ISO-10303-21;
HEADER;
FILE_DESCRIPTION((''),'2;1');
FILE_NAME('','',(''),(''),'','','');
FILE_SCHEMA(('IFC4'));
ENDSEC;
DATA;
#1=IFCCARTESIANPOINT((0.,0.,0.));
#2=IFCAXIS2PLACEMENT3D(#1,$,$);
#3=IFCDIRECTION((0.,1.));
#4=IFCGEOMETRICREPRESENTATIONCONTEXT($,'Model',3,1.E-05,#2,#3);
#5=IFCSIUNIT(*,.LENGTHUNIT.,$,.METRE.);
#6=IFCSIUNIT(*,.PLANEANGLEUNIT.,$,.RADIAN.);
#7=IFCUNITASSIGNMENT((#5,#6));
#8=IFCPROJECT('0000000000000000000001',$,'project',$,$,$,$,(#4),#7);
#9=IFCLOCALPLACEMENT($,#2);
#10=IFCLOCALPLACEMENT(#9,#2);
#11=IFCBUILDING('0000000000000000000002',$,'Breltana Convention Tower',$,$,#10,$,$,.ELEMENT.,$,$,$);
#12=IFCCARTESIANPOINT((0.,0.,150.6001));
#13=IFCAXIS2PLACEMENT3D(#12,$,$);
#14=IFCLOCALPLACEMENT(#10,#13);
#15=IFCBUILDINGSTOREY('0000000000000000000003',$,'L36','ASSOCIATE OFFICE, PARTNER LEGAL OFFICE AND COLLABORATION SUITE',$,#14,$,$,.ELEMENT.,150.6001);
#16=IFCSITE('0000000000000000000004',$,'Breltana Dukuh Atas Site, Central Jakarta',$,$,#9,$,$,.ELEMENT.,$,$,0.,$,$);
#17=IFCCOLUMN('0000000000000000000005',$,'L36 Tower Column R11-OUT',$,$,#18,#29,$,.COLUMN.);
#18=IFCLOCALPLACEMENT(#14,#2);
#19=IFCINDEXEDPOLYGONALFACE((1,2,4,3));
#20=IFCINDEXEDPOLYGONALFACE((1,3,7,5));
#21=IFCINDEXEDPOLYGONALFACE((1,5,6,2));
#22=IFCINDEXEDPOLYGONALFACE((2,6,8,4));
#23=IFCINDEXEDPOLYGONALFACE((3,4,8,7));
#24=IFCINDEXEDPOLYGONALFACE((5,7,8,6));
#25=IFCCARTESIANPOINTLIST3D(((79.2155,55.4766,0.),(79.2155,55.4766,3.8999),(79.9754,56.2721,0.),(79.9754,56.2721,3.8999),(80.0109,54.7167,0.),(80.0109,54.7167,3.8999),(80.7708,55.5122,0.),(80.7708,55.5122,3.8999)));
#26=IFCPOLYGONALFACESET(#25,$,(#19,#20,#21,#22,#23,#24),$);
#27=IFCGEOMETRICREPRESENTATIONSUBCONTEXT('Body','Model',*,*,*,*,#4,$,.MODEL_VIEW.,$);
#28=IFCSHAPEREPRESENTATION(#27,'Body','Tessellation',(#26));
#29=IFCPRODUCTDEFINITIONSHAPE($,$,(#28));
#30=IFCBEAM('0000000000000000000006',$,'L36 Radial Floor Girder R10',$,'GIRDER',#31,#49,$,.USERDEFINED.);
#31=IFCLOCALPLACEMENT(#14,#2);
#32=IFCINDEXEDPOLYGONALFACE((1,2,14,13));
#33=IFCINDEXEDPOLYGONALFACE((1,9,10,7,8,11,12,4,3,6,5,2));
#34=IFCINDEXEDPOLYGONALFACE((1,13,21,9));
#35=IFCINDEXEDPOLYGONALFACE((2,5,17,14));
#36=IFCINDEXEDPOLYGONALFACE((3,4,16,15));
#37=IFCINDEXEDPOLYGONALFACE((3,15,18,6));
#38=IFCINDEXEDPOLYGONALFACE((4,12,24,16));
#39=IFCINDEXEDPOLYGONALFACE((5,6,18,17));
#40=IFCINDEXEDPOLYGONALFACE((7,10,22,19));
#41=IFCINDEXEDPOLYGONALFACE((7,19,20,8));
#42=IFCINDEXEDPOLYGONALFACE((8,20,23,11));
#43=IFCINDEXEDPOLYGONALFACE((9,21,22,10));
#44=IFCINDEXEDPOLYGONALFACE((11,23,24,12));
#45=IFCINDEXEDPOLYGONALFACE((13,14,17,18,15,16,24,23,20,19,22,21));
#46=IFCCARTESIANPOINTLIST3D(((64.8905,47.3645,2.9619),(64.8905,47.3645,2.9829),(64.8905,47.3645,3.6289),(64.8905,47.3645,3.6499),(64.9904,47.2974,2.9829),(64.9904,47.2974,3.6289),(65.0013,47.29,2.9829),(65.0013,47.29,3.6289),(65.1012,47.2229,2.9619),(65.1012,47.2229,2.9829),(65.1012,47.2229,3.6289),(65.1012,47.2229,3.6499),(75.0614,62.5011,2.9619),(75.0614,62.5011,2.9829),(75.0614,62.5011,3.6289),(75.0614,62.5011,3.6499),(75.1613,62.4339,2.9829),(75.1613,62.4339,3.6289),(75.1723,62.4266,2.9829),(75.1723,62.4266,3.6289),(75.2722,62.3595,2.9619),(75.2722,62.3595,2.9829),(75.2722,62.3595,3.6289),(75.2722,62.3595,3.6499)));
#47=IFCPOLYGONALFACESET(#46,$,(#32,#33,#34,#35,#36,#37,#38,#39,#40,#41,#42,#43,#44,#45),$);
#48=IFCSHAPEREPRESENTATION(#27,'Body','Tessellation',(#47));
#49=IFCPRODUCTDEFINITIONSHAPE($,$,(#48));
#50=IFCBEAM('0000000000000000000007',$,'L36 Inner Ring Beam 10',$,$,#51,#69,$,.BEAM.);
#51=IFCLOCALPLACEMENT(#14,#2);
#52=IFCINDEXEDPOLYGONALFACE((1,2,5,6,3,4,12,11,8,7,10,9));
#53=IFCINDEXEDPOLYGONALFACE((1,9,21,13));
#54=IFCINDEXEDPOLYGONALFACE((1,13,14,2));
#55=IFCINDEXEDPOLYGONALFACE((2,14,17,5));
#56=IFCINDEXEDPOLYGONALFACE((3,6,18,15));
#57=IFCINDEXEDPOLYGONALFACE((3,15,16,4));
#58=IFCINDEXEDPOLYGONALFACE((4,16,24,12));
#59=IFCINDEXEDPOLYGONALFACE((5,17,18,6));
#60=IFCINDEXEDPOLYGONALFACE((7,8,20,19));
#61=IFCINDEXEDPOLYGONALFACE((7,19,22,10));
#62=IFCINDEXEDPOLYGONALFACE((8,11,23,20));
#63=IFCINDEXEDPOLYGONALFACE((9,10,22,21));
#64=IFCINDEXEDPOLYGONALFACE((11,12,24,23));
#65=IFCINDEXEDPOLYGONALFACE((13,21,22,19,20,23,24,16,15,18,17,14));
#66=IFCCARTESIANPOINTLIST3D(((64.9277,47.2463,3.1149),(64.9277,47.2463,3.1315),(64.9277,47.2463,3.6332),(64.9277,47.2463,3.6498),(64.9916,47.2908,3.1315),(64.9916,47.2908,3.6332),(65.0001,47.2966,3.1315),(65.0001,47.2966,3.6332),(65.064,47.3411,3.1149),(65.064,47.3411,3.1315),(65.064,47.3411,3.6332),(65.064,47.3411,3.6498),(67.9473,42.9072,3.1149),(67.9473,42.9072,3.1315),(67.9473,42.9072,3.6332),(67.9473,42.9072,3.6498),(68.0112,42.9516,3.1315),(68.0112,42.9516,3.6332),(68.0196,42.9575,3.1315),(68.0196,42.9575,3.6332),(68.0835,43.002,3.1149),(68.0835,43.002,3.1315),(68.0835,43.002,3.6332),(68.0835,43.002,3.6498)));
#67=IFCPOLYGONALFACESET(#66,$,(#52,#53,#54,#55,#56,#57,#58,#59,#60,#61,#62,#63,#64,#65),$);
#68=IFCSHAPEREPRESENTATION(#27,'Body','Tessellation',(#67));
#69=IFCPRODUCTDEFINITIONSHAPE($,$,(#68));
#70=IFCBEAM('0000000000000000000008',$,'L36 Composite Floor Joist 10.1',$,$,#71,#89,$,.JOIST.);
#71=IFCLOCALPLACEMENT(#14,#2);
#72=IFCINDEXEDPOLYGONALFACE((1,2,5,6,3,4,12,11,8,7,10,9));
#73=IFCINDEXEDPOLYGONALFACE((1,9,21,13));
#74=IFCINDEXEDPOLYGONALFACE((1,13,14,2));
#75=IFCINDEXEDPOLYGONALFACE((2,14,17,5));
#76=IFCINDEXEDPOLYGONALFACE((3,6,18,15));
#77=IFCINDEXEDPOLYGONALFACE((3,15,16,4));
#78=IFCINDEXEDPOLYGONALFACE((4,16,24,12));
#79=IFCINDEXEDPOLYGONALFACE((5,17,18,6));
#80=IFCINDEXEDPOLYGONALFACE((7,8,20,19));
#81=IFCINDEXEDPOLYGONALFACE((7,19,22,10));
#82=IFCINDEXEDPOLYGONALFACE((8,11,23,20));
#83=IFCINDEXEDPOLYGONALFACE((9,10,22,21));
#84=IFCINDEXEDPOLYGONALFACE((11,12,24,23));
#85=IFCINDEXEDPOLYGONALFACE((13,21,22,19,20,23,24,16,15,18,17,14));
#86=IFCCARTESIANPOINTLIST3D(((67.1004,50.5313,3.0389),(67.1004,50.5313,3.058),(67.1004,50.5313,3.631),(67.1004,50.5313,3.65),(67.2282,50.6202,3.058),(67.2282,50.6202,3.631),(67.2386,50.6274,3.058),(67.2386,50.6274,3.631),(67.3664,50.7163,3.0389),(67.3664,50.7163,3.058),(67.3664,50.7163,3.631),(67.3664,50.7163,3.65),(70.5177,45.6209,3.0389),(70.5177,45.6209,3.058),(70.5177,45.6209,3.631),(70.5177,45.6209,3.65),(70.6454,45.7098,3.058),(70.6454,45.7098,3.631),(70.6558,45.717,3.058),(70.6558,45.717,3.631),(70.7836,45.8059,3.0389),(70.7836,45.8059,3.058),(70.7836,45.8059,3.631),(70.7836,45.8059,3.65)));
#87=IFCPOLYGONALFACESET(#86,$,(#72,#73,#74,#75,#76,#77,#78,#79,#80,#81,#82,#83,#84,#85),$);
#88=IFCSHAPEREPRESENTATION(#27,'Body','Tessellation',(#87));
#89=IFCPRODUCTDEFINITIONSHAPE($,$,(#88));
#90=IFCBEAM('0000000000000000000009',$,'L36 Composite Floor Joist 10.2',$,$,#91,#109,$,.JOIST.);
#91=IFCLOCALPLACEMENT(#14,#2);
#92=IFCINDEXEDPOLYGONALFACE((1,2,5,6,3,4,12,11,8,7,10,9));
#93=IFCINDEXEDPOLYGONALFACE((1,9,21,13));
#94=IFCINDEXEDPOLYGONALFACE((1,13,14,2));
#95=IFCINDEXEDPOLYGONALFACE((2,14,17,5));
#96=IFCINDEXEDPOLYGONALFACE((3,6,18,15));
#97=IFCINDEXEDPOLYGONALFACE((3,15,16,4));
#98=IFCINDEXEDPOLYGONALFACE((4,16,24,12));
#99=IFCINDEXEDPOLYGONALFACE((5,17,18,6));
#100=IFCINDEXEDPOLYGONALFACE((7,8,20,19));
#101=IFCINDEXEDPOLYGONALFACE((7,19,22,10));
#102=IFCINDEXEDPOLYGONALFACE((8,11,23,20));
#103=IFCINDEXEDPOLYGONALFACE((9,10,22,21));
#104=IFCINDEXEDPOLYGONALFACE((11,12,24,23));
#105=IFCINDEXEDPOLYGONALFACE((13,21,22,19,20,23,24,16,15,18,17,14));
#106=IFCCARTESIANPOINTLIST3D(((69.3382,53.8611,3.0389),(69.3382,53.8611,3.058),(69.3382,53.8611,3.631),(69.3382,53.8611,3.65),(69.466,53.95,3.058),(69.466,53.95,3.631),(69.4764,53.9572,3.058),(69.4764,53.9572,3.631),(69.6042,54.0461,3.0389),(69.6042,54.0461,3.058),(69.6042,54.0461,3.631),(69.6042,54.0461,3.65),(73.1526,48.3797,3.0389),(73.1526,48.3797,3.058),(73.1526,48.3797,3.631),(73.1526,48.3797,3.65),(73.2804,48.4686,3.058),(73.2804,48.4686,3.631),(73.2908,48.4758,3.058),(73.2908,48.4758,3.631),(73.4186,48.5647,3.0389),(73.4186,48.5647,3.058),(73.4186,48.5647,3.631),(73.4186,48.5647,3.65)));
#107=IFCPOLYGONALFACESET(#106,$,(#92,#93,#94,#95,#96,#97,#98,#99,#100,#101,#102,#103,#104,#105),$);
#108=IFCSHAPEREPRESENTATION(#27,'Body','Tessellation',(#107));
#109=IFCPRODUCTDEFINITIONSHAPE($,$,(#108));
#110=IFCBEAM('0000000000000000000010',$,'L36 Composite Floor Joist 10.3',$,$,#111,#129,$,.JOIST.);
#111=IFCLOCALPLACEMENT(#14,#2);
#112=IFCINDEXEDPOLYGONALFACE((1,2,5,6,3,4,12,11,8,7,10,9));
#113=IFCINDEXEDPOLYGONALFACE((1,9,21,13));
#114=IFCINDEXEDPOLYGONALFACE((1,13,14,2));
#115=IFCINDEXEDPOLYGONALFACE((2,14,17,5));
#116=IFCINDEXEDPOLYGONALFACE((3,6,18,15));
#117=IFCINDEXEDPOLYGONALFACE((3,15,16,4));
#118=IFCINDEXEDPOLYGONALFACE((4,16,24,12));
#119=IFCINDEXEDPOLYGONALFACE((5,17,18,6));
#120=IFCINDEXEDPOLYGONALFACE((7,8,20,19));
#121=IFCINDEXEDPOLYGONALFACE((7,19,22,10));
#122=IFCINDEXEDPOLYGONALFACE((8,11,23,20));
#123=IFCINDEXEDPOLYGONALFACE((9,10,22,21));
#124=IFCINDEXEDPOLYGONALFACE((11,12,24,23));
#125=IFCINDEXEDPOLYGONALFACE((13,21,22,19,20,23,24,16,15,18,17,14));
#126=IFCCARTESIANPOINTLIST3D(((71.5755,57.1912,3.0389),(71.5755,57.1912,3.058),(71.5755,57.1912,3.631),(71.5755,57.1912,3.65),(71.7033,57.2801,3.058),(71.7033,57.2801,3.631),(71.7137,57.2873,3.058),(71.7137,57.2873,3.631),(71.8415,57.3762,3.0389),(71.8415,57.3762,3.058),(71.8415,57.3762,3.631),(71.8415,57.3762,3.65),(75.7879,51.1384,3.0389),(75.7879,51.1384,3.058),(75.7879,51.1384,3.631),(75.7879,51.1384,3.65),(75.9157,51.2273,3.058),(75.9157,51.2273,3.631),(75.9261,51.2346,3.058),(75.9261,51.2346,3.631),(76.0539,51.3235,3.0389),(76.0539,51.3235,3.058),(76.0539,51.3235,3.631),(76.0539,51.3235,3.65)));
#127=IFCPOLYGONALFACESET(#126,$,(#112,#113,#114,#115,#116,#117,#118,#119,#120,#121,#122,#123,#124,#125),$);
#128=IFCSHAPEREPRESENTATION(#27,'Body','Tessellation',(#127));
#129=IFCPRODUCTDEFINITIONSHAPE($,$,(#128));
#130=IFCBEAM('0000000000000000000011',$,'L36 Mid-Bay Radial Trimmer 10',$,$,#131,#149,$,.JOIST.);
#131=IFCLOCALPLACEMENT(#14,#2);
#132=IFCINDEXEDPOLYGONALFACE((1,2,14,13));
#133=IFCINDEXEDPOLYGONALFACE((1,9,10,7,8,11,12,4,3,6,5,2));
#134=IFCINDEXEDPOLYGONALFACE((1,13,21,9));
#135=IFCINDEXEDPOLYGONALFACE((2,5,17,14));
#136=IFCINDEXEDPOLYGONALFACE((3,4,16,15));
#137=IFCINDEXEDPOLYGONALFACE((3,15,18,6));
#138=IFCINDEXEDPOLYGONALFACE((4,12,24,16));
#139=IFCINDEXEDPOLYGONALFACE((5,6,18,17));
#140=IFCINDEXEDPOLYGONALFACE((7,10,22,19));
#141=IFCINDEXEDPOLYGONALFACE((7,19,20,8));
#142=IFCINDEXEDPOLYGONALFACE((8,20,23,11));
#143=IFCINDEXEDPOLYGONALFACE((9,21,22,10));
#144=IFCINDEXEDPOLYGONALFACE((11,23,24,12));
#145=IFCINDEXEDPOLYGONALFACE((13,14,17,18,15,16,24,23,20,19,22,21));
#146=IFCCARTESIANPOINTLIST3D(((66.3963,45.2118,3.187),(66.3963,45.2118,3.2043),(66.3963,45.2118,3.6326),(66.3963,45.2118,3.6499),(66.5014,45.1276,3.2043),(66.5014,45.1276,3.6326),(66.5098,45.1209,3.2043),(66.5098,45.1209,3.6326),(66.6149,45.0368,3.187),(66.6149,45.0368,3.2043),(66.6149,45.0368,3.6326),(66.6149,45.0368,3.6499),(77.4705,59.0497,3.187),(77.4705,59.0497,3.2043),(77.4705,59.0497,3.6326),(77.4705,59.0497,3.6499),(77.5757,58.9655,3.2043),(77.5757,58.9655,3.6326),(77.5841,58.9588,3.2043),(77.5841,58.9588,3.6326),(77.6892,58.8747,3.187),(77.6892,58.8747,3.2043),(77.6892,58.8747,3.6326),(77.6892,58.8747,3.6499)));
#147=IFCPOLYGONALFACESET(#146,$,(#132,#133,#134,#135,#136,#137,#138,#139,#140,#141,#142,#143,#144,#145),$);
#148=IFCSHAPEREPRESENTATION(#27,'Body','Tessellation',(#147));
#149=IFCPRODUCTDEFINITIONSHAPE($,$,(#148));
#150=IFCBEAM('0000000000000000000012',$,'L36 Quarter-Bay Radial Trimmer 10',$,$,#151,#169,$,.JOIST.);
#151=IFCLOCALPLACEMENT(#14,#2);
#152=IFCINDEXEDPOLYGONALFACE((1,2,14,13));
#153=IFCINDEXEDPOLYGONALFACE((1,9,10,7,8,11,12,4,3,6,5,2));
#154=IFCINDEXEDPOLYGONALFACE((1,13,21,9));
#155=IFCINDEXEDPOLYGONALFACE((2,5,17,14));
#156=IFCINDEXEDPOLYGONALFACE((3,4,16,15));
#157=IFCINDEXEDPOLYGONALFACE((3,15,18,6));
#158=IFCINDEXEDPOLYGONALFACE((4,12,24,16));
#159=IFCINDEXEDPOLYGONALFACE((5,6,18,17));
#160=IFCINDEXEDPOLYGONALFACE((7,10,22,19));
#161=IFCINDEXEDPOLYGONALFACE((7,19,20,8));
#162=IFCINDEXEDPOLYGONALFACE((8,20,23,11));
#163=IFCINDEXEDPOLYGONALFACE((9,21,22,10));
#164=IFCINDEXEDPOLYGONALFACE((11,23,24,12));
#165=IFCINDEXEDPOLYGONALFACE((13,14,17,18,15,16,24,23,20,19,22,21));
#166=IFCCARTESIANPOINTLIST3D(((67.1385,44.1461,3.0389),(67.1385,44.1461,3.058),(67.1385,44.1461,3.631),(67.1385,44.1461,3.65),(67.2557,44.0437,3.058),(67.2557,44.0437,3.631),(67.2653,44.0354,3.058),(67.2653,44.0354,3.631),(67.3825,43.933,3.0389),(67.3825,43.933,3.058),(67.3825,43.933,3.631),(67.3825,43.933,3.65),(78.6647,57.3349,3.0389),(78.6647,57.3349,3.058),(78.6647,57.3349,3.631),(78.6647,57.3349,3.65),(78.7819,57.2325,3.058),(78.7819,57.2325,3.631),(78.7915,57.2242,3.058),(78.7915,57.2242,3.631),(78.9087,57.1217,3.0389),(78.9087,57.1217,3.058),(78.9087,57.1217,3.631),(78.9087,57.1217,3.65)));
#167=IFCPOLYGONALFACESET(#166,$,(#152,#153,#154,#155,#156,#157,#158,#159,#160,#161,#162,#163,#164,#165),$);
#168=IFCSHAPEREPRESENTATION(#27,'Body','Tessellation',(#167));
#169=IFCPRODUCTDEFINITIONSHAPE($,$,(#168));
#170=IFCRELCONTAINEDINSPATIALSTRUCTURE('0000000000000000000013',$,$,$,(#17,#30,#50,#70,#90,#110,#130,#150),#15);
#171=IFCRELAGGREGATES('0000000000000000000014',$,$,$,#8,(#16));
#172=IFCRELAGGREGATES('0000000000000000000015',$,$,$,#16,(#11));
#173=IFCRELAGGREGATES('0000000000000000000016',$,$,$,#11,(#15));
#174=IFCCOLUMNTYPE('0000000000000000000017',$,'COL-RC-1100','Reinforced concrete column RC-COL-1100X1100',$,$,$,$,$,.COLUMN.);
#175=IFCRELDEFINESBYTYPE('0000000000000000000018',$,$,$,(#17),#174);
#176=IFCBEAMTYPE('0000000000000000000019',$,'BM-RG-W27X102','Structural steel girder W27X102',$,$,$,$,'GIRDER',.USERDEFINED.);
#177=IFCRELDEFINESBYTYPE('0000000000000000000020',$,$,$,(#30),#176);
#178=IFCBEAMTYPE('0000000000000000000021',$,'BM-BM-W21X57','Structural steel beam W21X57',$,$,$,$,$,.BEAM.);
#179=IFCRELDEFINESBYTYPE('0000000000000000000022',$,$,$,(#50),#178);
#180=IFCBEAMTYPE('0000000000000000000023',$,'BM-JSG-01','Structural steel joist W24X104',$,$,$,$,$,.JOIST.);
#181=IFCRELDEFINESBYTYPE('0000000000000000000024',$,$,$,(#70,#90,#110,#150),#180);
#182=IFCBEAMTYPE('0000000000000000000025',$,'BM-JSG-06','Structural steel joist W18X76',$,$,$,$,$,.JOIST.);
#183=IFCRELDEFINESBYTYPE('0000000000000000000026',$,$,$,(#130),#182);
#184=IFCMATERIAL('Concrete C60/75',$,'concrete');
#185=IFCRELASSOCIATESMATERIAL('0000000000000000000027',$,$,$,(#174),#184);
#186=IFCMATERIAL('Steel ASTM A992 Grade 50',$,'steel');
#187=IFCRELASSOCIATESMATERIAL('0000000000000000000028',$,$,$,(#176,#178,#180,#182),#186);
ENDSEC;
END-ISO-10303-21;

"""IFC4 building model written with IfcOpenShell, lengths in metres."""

from ifc_helpers import new_model, si_unit, direction, frame, origin, origin_2d, place, context, subcontext, project, spatial, rectangle, i_section, extrude, source, transform, mapped, material, material_profile, profile_set, type_object, element, save


model = new_model("IFC4")

# Units and contexts
model_context = context("Model", 3, precision=1e-05, world=origin(), true_north=direction((0.0, 1.0)))
body_context = subcontext(model_context, "Body", "Model", "MODEL_VIEW")
ifc_project = project(units=[si_unit("LENGTHUNIT", "METRE"), si_unit("PLANEANGLEUNIT", "RADIAN")], contexts=[model_context])

# Site, building, storey
site_placement = place(None, origin())
site = spatial("IfcSite", under=ifc_project, at=site_placement, Name="Breltana Dukuh Atas Site, Central Jakarta", CompositionType="ELEMENT", RefElevation=0.0)
building_placement = place(site_placement, origin())
building = spatial("IfcBuilding", under=site, at=building_placement, Name="Breltana Convention Tower", CompositionType="ELEMENT")
storey_placement = place(building_placement, frame((0.0, 0.0, 150.6001)))
storey = spatial("IfcBuildingStorey", under=building, at=storey_placement, Name="L36", Description="ASSOCIATE OFFICE, PARTNER LEGAL OFFICE AND COLLABORATION SUITE", CompositionType="ELEMENT", Elevation=150.6001)

# Column
ifc_material_1 = material(Name="Concrete C60/75", Category="concrete")
ifc_material_profile_1 = material_profile(ifc_material_1, rectangle(XDim=1.1001, YDim=1.1001, at=origin_2d()), Name="RC-COL-1100X1100")
ifc_profile_set_1 = profile_set([ifc_material_profile_1], Name="Concrete C60/75")
column_type_1 = type_object("IfcColumnType", Name="COL-RC-1100", Description="Reinforced concrete column RC-COL-1100X1100", PredefinedType="COLUMN", material=ifc_profile_set_1)
shared_shape_1 = source(origin(), body_context, "Body", "SweptSolid", [
    extrude(rectangle(XDim=1.1001, YDim=1.1001, at=origin_2d()), origin(), (0.0, 0.0, 1.0), 3.8999),
])
column_1_placement = place(storey_placement, frame((79.9932, 55.4944, 0.0), z_axis=(0.0, 0.0, 1.0), x_axis=(0.690756, 0.723088, 0.0)))
element("IfcColumn", 1, at=column_1_placement, inside=storey, type_object=column_type_1, Name="L36 Tower Column R11-OUT", PredefinedType="COLUMN", context=body_context, shape_type="MappedRepresentation", body=[
    mapped(shared_shape_1, transform((0.0, 0.0, 0.0), scale=1.0)),
])

# Beams
ifc_material_2 = material(Name="Steel ASTM A992 Grade 50", Category="steel")
ifc_material_profile_2 = material_profile(ifc_material_2, i_section(OverallWidth=0.2539, OverallDepth=0.688, WebThickness=0.0132, FlangeThickness=0.021, at=origin_2d()), Name="W27X102")
ifc_profile_set_2 = profile_set([ifc_material_profile_2], Name="Steel ASTM A992 Grade 50")
beam_type_1 = type_object("IfcBeamType", Name="BM-RG-W27X102", Description="Structural steel girder W27X102", ElementType="GIRDER", PredefinedType="USERDEFINED", material=ifc_profile_set_2)
shared_shape_2 = source(origin(), body_context, "Body", "SweptSolid", [
    extrude(i_section(OverallWidth=0.2539, OverallDepth=0.688, WebThickness=0.0132, FlangeThickness=0.021, at=origin_2d()), origin(), (0.0, 0.0, 1.0), 18.2363),
])
beam_1_placement = place(storey_placement, frame((64.9958, 47.2937, 3.3059), z_axis=(0.55773, 0.830022, 0.0), x_axis=(-0.830022, 0.55773, 0.0)))
element("IfcBeam", 2, at=beam_1_placement, inside=storey, type_object=beam_type_1, Name="L36 Radial Floor Girder R10", ObjectType="GIRDER", PredefinedType="USERDEFINED", context=body_context, shape_type="MappedRepresentation", body=[
    mapped(shared_shape_2, transform((0.0, 0.0, 0.0), scale=1.0)),
])
ifc_material_profile_3 = material_profile(ifc_material_2, i_section(OverallWidth=0.166, OverallDepth=0.5349, WebThickness=0.0103, FlangeThickness=0.0166, at=origin_2d()), Name="W21X57")
ifc_profile_set_3 = profile_set([ifc_material_profile_3], Name="Steel ASTM A992 Grade 50")
beam_type_2 = type_object("IfcBeamType", Name="BM-BM-W21X57", Description="Structural steel beam W21X57", PredefinedType="BEAM", material=ifc_profile_set_3)
shared_shape_3 = source(origin(), body_context, "Body", "SweptSolid", [
    extrude(i_section(OverallWidth=0.166, OverallDepth=0.5349, WebThickness=0.0103, FlangeThickness=0.0166, at=origin_2d()), origin(), (0.0, 0.0, 1.0), 5.2864),
])
beam_2_placement = place(storey_placement, frame((64.9958, 47.2937, 3.3823), z_axis=(0.571194, -0.820815, 0.0), x_axis=(0.820815, 0.571194, 0.0)))
element("IfcBeam", 3, at=beam_2_placement, inside=storey, type_object=beam_type_2, Name="L36 Inner Ring Beam 10", PredefinedType="BEAM", context=body_context, shape_type="MappedRepresentation", body=[
    mapped(shared_shape_3, transform((0.0, 0.0, 0.0), scale=1.0)),
])
ifc_material_profile_4 = material_profile(ifc_material_2, i_section(OverallWidth=0.324, OverallDepth=0.6111, WebThickness=0.0127, FlangeThickness=0.019, at=origin_2d()), Name="W24X104")
ifc_profile_set_4 = profile_set([ifc_material_profile_4], Name="Steel ASTM A992 Grade 50")
beam_type_3 = type_object("IfcBeamType", Name="BM-JSG-01", Description="Structural steel joist W24X104", PredefinedType="JOIST", material=ifc_profile_set_4)
shared_shape_4 = source(origin(), body_context, "Body", "SweptSolid", [
    extrude(i_section(OverallWidth=0.324, OverallDepth=0.6111, WebThickness=0.0127, FlangeThickness=0.019, at=origin_2d()), origin(), (0.0, 0.0, 1.0), 5.9824),
])
beam_3_placement = place(storey_placement, frame((67.2334, 50.6238, 3.3445), z_axis=(0.571212, -0.820803, 0.0), x_axis=(0.820803, 0.571212, 0.0)))
element("IfcBeam", 4, at=beam_3_placement, inside=storey, type_object=beam_type_3, Name="L36 Composite Floor Joist 10.1", PredefinedType="JOIST", context=body_context, shape_type="MappedRepresentation", body=[
    mapped(shared_shape_4, transform((0.0, 0.0, 0.0), scale=1.0)),
])
shared_shape_5 = source(origin(), body_context, "Body", "SweptSolid", [
    extrude(i_section(OverallWidth=0.324, OverallDepth=0.6111, WebThickness=0.0127, FlangeThickness=0.019, at=origin_2d()), origin(), (0.0, 0.0, 1.0), 6.678),
])
beam_4_placement = place(storey_placement, frame((69.4712, 53.9536, 3.3445), z_axis=(0.571193, -0.820816, 0.0), x_axis=(0.820816, 0.571193, 0.0)))
element("IfcBeam", 5, at=beam_4_placement, inside=storey, type_object=beam_type_3, Name="L36 Composite Floor Joist 10.2", PredefinedType="JOIST", context=body_context, shape_type="MappedRepresentation", body=[
    mapped(shared_shape_5, transform((0.0, 0.0, 0.0), scale=1.0)),
])
shared_shape_6 = source(origin(), body_context, "Body", "SweptSolid", [
    extrude(i_section(OverallWidth=0.324, OverallDepth=0.6111, WebThickness=0.0127, FlangeThickness=0.019, at=origin_2d()), origin(), (0.0, 0.0, 1.0), 7.3743),
])
beam_5_placement = place(storey_placement, frame((71.7085, 57.2837, 3.3445), z_axis=(0.571229, -0.82079, 0.0), x_axis=(0.82079, 0.571229, 0.0)))
element("IfcBeam", 6, at=beam_5_placement, inside=storey, type_object=beam_type_3, Name="L36 Composite Floor Joist 10.3", PredefinedType="JOIST", context=body_context, shape_type="MappedRepresentation", body=[
    mapped(shared_shape_6, transform((0.0, 0.0, 0.0), scale=1.0)),
])
ifc_material_profile_5 = material_profile(ifc_material_2, i_section(OverallWidth=0.28, OverallDepth=0.4629, WebThickness=0.0107, FlangeThickness=0.0173, at=origin_2d()), Name="W18X76")
ifc_profile_set_5 = profile_set([ifc_material_profile_5], Name="Steel ASTM A992 Grade 50")
beam_type_4 = type_object("IfcBeamType", Name="BM-JSG-06", Description="Structural steel joist W18X76", PredefinedType="JOIST", material=ifc_profile_set_5)
shared_shape_7 = source(origin(), body_context, "Body", "SweptSolid", [
    extrude(i_section(OverallWidth=0.28, OverallDepth=0.4629, WebThickness=0.0107, FlangeThickness=0.0173, at=origin_2d()), origin(), (0.0, 0.0, 1.0), 17.7236),
])
beam_6_placement = place(storey_placement, frame((66.5056, 45.1243, 3.4185), z_axis=(0.624829, 0.780761, 0.0), x_axis=(-0.780761, 0.624829, 0.0)))
element("IfcBeam", 7, at=beam_6_placement, inside=storey, type_object=beam_type_4, Name="L36 Mid-Bay Radial Trimmer 10", PredefinedType="JOIST", context=body_context, shape_type="MappedRepresentation", body=[
    mapped(shared_shape_7, transform((0.0, 0.0, 0.0), scale=1.0)),
])
shared_shape_8 = source(origin(), body_context, "Body", "SweptSolid", [
    extrude(i_section(OverallWidth=0.324, OverallDepth=0.6111, WebThickness=0.0127, FlangeThickness=0.019, at=origin_2d()), origin(), (0.0, 0.0, 1.0), 17.5156),
])
beam_7_placement = place(storey_placement, frame((67.2605, 44.0396, 3.3445), z_axis=(0.658052, 0.752973, 0.0), x_axis=(-0.752973, 0.658052, 0.0)))
element("IfcBeam", 8, at=beam_7_placement, inside=storey, type_object=beam_type_3, Name="L36 Quarter-Bay Radial Trimmer 10", PredefinedType="JOIST", context=body_context, shape_type="MappedRepresentation", body=[
    mapped(shared_shape_8, transform((0.0, 0.0, 0.0), scale=1.0)),
])

save(model, "model.ifc")
